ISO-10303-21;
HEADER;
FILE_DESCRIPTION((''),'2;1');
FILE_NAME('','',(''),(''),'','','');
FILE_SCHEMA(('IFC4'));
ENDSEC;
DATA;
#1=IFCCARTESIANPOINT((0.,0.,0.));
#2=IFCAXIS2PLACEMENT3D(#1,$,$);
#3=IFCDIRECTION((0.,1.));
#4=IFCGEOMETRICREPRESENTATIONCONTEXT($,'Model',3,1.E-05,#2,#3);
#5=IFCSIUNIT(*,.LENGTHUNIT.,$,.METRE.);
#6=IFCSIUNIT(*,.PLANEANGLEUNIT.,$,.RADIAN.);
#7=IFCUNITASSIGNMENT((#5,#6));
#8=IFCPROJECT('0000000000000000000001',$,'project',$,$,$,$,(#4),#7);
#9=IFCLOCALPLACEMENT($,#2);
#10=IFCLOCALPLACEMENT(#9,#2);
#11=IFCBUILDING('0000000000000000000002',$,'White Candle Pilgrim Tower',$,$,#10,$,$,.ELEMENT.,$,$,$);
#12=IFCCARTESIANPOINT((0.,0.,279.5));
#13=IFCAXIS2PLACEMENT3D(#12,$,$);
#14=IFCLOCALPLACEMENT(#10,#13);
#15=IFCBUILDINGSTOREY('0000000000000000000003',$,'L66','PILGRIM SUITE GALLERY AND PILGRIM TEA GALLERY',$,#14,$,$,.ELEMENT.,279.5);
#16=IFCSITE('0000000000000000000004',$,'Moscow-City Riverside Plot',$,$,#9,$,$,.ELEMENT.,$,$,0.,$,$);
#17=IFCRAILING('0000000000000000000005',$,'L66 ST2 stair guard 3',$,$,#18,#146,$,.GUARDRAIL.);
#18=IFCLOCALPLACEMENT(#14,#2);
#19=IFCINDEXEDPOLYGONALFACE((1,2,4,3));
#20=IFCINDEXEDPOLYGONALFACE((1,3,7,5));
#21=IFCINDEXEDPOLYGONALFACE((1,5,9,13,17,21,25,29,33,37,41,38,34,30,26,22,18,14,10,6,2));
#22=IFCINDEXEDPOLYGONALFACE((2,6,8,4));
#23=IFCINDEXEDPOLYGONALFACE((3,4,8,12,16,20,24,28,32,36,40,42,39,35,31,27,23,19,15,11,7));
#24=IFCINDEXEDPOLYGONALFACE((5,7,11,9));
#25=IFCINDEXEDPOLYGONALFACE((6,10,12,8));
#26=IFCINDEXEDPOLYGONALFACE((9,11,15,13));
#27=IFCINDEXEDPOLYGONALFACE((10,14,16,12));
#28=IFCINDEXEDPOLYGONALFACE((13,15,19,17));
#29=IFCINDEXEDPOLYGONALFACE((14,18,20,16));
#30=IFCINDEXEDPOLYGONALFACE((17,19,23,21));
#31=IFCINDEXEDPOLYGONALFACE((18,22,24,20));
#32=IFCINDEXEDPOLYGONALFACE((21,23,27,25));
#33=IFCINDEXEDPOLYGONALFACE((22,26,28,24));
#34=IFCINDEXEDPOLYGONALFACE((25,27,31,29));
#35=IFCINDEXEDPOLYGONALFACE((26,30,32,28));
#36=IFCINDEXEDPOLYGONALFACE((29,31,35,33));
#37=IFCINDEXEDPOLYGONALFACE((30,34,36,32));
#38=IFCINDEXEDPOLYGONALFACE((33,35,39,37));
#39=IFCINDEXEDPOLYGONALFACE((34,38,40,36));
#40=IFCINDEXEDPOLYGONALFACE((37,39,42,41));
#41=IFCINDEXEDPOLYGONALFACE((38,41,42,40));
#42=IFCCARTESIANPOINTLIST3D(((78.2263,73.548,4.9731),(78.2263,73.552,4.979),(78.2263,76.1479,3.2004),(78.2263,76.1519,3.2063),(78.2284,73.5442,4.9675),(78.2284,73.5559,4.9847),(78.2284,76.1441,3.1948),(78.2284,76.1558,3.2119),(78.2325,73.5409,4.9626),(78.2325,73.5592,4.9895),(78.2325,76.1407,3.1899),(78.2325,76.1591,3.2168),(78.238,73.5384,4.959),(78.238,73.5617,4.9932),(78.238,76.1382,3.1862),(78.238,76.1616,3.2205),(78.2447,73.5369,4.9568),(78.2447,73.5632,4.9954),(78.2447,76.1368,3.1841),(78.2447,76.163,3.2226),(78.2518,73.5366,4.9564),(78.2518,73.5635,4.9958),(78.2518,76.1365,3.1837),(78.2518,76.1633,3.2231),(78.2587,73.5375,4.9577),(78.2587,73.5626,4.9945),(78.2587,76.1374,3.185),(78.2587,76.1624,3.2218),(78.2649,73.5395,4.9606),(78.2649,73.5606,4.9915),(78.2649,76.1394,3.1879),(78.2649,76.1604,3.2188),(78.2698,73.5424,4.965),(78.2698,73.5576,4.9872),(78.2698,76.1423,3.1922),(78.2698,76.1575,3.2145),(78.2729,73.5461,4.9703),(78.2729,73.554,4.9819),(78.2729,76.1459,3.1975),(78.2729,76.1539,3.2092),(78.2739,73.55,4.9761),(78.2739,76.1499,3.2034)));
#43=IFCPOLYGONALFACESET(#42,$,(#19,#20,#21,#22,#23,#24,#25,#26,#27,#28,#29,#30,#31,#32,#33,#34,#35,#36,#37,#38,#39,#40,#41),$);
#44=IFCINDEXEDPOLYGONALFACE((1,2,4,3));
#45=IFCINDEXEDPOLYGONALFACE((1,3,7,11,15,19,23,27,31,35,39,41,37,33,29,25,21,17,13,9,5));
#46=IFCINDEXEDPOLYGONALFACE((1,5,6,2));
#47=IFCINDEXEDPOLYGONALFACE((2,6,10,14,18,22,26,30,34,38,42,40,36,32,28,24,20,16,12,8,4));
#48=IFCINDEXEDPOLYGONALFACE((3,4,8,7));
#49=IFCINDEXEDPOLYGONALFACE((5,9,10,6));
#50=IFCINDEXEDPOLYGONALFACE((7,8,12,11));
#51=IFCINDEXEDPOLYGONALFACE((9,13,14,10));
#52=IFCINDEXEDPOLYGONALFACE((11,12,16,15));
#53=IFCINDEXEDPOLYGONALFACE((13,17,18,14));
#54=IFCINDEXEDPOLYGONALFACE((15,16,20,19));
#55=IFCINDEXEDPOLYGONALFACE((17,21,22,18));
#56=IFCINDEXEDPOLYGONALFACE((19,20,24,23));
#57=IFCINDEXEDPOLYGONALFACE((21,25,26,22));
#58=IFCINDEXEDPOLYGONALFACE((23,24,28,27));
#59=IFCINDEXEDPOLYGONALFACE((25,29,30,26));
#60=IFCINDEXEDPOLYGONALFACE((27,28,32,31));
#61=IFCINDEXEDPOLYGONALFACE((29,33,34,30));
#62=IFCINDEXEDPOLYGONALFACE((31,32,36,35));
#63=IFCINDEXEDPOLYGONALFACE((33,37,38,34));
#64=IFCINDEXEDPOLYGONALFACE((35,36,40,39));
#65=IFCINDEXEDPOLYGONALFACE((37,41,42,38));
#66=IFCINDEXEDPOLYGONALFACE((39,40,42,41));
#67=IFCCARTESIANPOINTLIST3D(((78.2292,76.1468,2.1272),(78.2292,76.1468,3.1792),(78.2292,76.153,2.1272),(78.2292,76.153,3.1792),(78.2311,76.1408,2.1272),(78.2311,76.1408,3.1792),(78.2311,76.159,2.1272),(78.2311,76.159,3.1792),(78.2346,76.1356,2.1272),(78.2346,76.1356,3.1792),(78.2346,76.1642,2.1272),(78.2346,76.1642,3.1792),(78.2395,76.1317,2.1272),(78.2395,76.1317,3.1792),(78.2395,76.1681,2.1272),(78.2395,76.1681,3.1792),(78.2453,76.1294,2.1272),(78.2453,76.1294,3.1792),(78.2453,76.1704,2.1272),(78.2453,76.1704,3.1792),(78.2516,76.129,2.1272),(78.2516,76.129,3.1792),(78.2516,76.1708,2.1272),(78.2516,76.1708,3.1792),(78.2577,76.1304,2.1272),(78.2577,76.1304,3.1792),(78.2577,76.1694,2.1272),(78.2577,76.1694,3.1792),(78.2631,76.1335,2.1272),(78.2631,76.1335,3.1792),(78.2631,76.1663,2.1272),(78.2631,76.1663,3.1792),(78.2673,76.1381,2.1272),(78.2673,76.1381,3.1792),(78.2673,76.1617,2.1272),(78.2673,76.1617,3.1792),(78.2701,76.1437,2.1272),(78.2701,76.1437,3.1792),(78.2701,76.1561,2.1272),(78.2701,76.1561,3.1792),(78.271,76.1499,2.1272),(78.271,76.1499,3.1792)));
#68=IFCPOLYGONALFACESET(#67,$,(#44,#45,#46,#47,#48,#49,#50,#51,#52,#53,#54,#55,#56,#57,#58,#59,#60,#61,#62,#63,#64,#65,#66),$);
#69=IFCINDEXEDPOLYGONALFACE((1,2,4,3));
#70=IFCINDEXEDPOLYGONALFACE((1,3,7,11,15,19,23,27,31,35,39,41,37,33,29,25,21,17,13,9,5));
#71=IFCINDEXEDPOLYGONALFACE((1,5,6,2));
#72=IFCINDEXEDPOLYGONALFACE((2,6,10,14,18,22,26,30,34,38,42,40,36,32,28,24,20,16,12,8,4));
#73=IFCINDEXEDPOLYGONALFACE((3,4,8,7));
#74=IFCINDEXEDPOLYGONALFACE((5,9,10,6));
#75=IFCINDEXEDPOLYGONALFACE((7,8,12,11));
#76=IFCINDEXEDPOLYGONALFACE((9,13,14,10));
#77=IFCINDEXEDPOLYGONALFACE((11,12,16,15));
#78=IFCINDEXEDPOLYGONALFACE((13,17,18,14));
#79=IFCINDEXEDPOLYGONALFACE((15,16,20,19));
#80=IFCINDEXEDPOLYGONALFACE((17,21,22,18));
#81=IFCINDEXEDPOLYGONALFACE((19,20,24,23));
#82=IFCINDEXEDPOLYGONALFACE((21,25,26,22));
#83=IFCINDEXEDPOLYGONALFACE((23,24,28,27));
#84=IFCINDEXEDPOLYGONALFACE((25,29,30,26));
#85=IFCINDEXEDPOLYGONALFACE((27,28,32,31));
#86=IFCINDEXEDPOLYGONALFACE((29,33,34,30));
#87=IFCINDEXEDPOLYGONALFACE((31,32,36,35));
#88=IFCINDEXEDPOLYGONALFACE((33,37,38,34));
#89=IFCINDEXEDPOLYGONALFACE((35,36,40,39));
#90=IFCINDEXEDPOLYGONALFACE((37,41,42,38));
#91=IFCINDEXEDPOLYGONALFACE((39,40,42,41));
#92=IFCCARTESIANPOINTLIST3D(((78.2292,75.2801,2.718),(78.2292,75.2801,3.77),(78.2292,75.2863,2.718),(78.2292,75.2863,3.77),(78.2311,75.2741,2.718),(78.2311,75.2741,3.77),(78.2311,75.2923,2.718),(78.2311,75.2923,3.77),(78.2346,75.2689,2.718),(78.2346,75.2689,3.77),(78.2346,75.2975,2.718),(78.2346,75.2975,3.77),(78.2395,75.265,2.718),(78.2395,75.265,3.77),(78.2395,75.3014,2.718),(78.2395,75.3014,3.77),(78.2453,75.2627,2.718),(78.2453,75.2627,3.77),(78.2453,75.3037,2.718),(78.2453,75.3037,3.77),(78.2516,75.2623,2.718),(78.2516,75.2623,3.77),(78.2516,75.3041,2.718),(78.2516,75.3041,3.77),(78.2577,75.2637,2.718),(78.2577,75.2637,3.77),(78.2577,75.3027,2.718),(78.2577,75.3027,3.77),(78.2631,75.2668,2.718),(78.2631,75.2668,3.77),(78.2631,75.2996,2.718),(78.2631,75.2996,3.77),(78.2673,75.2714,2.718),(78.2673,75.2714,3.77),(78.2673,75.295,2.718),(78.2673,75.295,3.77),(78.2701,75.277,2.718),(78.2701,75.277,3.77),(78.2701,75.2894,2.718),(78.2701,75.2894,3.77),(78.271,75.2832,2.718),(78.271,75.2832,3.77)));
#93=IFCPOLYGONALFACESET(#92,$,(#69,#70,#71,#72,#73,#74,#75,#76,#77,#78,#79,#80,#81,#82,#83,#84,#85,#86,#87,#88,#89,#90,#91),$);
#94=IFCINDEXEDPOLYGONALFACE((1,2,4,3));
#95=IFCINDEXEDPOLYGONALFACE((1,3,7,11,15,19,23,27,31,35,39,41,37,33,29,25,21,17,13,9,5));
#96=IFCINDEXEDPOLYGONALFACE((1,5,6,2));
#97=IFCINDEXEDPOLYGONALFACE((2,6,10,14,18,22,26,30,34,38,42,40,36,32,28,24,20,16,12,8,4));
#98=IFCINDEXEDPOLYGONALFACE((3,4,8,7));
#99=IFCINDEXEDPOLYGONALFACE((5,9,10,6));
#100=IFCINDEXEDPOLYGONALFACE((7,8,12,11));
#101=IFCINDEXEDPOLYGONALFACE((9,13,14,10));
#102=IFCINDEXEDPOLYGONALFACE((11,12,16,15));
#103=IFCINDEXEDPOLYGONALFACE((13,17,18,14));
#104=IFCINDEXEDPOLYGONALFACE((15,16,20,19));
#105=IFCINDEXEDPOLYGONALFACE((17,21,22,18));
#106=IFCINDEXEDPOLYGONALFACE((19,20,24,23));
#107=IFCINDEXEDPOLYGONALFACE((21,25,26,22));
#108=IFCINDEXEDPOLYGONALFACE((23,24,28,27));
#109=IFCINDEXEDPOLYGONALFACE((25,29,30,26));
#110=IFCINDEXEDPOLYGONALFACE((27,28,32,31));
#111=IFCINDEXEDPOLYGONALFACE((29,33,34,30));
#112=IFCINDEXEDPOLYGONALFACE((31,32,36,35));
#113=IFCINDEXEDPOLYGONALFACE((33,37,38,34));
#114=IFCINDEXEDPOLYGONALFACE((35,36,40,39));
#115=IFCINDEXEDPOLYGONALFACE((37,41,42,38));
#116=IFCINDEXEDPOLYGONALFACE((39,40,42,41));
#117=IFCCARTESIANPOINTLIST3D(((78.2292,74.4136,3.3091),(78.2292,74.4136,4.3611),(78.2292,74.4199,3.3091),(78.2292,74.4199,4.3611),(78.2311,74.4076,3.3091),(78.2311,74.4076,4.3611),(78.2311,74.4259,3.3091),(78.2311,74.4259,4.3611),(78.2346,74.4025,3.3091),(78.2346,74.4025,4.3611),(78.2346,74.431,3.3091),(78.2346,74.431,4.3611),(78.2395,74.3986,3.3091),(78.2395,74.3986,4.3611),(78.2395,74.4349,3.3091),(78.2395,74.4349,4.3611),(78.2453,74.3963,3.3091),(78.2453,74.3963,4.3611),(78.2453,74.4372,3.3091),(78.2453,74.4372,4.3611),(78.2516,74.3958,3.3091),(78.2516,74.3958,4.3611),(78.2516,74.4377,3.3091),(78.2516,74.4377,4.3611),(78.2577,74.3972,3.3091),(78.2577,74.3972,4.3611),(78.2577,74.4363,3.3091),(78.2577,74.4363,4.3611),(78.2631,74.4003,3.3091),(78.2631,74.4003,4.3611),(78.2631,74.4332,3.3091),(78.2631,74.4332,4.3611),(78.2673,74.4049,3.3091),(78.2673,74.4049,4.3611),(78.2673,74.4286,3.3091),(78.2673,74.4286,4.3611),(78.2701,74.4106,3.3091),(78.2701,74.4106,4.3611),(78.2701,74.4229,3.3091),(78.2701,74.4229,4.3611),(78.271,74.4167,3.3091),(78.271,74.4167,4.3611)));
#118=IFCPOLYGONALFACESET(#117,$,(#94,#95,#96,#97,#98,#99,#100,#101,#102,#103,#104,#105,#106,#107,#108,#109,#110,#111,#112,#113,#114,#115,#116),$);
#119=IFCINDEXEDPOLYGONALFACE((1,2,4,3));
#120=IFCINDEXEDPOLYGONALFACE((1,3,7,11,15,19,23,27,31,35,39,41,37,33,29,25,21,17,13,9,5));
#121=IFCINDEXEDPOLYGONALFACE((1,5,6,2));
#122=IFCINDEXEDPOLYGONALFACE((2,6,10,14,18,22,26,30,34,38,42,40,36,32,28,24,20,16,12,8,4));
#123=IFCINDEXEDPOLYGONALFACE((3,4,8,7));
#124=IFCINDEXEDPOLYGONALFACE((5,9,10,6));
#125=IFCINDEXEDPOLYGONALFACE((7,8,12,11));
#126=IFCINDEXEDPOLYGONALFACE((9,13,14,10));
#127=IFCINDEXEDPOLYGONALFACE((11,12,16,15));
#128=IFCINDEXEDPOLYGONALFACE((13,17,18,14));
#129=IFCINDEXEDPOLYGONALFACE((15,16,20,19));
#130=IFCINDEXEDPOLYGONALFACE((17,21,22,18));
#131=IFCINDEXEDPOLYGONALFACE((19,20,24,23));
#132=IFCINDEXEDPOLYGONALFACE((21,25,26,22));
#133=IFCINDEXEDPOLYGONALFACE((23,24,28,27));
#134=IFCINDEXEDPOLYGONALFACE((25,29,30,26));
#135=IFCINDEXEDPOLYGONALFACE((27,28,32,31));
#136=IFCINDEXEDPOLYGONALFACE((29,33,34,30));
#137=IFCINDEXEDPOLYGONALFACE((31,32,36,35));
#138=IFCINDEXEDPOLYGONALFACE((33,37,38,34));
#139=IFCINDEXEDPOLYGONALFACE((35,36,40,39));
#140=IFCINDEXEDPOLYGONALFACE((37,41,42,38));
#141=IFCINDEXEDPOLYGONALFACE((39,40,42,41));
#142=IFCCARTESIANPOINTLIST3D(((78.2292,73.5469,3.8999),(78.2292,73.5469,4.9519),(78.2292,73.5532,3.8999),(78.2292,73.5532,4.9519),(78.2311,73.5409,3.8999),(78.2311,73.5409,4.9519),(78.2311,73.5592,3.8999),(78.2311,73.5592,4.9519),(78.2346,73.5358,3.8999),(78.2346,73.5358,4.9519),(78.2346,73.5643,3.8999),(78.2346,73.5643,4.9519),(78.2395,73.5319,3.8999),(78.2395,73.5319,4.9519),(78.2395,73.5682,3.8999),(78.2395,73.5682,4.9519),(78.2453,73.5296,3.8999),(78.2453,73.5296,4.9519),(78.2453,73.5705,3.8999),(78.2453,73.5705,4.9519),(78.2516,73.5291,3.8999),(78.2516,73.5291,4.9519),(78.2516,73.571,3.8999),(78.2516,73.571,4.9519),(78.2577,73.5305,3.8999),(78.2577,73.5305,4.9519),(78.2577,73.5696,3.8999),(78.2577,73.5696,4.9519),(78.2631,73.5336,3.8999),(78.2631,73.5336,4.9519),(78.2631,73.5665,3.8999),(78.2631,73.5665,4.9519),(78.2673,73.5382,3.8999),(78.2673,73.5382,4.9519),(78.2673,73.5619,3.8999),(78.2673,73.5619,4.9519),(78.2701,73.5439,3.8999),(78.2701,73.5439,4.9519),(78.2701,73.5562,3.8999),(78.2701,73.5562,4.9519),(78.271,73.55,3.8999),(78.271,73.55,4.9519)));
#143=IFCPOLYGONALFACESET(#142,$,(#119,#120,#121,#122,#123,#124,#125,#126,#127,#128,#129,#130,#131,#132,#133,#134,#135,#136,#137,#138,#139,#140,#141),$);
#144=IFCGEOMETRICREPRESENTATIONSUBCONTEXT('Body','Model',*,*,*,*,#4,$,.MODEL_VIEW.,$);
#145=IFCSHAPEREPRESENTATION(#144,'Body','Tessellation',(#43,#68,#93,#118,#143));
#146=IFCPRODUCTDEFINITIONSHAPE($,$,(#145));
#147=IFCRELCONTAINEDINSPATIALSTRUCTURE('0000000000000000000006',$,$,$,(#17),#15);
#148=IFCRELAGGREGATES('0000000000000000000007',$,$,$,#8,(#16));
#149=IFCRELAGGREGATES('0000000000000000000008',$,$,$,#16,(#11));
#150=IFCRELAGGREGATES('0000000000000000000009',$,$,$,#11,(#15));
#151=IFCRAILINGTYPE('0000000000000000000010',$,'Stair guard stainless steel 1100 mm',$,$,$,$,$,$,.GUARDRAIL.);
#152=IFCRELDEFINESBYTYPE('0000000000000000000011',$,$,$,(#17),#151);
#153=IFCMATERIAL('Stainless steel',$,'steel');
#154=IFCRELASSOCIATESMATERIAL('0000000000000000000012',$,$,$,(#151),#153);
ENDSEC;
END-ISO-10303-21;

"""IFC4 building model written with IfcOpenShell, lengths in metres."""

from ifc_helpers import new_model, si_unit, direction, frame, origin, origin_2d, place, context, subcontext, project, spatial, circle, extrude, material, type_object, element, save


model = new_model("IFC4")

# Units and contexts
model_context = context("Model", 3, precision=1e-05, world=origin(), true_north=direction((0.0, 1.0)))
body_context = subcontext(model_context, "Body", "Model", "MODEL_VIEW")
ifc_project = project(units=[si_unit("LENGTHUNIT", "METRE"), si_unit("PLANEANGLEUNIT", "RADIAN")], contexts=[model_context])

# Site, building, storey
site_placement = place(None, origin())
site = spatial("IfcSite", under=ifc_project, at=site_placement, Name="Moscow-City Riverside Plot", CompositionType="ELEMENT", RefElevation=0.0)
building_placement = place(site_placement, origin())
building = spatial("IfcBuilding", under=site, at=building_placement, Name="White Candle Pilgrim Tower", CompositionType="ELEMENT")
storey_placement = place(building_placement, frame((0.0, 0.0, 279.5)))
storey = spatial("IfcBuildingStorey", under=building, at=storey_placement, Name="L66", Description="PILGRIM SUITE GALLERY AND PILGRIM TEA GALLERY", CompositionType="ELEMENT", Elevation=279.5)

# Railing
ifc_material_1 = material(Name="Stainless steel", Category="steel")
railing_type = type_object("IfcRailingType", Name="Stair guard stainless steel 1100 mm", PredefinedType="GUARDRAIL", material=ifc_material_1)
railing_1_placement = place(storey_placement, frame((78.25, 76.1499, 2.1272)))
element("IfcRailing", 1, at=railing_1_placement, inside=storey, type_object=railing_type, Name="L66 ST2 stair guard 3", PredefinedType="GUARDRAIL", context=body_context, shape_type="SweptSolid", body=[
    extrude(circle(Radius=0.0239, at=origin_2d()), frame((0.0, 0.0, 1.0762), z_axis=(0.0, -0.826216, 0.563354), x_axis=(1.0, 0.0, 0.0)), (0.0, 0.0, 1.0), 3.1467),
    extrude(circle(Radius=0.021, at=origin_2d()), origin(), (0.0, 0.0, 1.0), 1.052),
    extrude(circle(Radius=0.021, at=origin_2d()), frame((0.0, -0.8667, 0.5908)), (0.0, 0.0, 1.0), 1.052),
    extrude(circle(Radius=0.021, at=origin_2d()), frame((0.0, -1.7332, 1.1819)), (0.0, 0.0, 1.0), 1.052),
    extrude(circle(Radius=0.021, at=origin_2d()), frame((0.0, -2.5999, 1.7727)), (0.0, 0.0, 1.0), 1.052),
])

save(model, "model.ifc")
